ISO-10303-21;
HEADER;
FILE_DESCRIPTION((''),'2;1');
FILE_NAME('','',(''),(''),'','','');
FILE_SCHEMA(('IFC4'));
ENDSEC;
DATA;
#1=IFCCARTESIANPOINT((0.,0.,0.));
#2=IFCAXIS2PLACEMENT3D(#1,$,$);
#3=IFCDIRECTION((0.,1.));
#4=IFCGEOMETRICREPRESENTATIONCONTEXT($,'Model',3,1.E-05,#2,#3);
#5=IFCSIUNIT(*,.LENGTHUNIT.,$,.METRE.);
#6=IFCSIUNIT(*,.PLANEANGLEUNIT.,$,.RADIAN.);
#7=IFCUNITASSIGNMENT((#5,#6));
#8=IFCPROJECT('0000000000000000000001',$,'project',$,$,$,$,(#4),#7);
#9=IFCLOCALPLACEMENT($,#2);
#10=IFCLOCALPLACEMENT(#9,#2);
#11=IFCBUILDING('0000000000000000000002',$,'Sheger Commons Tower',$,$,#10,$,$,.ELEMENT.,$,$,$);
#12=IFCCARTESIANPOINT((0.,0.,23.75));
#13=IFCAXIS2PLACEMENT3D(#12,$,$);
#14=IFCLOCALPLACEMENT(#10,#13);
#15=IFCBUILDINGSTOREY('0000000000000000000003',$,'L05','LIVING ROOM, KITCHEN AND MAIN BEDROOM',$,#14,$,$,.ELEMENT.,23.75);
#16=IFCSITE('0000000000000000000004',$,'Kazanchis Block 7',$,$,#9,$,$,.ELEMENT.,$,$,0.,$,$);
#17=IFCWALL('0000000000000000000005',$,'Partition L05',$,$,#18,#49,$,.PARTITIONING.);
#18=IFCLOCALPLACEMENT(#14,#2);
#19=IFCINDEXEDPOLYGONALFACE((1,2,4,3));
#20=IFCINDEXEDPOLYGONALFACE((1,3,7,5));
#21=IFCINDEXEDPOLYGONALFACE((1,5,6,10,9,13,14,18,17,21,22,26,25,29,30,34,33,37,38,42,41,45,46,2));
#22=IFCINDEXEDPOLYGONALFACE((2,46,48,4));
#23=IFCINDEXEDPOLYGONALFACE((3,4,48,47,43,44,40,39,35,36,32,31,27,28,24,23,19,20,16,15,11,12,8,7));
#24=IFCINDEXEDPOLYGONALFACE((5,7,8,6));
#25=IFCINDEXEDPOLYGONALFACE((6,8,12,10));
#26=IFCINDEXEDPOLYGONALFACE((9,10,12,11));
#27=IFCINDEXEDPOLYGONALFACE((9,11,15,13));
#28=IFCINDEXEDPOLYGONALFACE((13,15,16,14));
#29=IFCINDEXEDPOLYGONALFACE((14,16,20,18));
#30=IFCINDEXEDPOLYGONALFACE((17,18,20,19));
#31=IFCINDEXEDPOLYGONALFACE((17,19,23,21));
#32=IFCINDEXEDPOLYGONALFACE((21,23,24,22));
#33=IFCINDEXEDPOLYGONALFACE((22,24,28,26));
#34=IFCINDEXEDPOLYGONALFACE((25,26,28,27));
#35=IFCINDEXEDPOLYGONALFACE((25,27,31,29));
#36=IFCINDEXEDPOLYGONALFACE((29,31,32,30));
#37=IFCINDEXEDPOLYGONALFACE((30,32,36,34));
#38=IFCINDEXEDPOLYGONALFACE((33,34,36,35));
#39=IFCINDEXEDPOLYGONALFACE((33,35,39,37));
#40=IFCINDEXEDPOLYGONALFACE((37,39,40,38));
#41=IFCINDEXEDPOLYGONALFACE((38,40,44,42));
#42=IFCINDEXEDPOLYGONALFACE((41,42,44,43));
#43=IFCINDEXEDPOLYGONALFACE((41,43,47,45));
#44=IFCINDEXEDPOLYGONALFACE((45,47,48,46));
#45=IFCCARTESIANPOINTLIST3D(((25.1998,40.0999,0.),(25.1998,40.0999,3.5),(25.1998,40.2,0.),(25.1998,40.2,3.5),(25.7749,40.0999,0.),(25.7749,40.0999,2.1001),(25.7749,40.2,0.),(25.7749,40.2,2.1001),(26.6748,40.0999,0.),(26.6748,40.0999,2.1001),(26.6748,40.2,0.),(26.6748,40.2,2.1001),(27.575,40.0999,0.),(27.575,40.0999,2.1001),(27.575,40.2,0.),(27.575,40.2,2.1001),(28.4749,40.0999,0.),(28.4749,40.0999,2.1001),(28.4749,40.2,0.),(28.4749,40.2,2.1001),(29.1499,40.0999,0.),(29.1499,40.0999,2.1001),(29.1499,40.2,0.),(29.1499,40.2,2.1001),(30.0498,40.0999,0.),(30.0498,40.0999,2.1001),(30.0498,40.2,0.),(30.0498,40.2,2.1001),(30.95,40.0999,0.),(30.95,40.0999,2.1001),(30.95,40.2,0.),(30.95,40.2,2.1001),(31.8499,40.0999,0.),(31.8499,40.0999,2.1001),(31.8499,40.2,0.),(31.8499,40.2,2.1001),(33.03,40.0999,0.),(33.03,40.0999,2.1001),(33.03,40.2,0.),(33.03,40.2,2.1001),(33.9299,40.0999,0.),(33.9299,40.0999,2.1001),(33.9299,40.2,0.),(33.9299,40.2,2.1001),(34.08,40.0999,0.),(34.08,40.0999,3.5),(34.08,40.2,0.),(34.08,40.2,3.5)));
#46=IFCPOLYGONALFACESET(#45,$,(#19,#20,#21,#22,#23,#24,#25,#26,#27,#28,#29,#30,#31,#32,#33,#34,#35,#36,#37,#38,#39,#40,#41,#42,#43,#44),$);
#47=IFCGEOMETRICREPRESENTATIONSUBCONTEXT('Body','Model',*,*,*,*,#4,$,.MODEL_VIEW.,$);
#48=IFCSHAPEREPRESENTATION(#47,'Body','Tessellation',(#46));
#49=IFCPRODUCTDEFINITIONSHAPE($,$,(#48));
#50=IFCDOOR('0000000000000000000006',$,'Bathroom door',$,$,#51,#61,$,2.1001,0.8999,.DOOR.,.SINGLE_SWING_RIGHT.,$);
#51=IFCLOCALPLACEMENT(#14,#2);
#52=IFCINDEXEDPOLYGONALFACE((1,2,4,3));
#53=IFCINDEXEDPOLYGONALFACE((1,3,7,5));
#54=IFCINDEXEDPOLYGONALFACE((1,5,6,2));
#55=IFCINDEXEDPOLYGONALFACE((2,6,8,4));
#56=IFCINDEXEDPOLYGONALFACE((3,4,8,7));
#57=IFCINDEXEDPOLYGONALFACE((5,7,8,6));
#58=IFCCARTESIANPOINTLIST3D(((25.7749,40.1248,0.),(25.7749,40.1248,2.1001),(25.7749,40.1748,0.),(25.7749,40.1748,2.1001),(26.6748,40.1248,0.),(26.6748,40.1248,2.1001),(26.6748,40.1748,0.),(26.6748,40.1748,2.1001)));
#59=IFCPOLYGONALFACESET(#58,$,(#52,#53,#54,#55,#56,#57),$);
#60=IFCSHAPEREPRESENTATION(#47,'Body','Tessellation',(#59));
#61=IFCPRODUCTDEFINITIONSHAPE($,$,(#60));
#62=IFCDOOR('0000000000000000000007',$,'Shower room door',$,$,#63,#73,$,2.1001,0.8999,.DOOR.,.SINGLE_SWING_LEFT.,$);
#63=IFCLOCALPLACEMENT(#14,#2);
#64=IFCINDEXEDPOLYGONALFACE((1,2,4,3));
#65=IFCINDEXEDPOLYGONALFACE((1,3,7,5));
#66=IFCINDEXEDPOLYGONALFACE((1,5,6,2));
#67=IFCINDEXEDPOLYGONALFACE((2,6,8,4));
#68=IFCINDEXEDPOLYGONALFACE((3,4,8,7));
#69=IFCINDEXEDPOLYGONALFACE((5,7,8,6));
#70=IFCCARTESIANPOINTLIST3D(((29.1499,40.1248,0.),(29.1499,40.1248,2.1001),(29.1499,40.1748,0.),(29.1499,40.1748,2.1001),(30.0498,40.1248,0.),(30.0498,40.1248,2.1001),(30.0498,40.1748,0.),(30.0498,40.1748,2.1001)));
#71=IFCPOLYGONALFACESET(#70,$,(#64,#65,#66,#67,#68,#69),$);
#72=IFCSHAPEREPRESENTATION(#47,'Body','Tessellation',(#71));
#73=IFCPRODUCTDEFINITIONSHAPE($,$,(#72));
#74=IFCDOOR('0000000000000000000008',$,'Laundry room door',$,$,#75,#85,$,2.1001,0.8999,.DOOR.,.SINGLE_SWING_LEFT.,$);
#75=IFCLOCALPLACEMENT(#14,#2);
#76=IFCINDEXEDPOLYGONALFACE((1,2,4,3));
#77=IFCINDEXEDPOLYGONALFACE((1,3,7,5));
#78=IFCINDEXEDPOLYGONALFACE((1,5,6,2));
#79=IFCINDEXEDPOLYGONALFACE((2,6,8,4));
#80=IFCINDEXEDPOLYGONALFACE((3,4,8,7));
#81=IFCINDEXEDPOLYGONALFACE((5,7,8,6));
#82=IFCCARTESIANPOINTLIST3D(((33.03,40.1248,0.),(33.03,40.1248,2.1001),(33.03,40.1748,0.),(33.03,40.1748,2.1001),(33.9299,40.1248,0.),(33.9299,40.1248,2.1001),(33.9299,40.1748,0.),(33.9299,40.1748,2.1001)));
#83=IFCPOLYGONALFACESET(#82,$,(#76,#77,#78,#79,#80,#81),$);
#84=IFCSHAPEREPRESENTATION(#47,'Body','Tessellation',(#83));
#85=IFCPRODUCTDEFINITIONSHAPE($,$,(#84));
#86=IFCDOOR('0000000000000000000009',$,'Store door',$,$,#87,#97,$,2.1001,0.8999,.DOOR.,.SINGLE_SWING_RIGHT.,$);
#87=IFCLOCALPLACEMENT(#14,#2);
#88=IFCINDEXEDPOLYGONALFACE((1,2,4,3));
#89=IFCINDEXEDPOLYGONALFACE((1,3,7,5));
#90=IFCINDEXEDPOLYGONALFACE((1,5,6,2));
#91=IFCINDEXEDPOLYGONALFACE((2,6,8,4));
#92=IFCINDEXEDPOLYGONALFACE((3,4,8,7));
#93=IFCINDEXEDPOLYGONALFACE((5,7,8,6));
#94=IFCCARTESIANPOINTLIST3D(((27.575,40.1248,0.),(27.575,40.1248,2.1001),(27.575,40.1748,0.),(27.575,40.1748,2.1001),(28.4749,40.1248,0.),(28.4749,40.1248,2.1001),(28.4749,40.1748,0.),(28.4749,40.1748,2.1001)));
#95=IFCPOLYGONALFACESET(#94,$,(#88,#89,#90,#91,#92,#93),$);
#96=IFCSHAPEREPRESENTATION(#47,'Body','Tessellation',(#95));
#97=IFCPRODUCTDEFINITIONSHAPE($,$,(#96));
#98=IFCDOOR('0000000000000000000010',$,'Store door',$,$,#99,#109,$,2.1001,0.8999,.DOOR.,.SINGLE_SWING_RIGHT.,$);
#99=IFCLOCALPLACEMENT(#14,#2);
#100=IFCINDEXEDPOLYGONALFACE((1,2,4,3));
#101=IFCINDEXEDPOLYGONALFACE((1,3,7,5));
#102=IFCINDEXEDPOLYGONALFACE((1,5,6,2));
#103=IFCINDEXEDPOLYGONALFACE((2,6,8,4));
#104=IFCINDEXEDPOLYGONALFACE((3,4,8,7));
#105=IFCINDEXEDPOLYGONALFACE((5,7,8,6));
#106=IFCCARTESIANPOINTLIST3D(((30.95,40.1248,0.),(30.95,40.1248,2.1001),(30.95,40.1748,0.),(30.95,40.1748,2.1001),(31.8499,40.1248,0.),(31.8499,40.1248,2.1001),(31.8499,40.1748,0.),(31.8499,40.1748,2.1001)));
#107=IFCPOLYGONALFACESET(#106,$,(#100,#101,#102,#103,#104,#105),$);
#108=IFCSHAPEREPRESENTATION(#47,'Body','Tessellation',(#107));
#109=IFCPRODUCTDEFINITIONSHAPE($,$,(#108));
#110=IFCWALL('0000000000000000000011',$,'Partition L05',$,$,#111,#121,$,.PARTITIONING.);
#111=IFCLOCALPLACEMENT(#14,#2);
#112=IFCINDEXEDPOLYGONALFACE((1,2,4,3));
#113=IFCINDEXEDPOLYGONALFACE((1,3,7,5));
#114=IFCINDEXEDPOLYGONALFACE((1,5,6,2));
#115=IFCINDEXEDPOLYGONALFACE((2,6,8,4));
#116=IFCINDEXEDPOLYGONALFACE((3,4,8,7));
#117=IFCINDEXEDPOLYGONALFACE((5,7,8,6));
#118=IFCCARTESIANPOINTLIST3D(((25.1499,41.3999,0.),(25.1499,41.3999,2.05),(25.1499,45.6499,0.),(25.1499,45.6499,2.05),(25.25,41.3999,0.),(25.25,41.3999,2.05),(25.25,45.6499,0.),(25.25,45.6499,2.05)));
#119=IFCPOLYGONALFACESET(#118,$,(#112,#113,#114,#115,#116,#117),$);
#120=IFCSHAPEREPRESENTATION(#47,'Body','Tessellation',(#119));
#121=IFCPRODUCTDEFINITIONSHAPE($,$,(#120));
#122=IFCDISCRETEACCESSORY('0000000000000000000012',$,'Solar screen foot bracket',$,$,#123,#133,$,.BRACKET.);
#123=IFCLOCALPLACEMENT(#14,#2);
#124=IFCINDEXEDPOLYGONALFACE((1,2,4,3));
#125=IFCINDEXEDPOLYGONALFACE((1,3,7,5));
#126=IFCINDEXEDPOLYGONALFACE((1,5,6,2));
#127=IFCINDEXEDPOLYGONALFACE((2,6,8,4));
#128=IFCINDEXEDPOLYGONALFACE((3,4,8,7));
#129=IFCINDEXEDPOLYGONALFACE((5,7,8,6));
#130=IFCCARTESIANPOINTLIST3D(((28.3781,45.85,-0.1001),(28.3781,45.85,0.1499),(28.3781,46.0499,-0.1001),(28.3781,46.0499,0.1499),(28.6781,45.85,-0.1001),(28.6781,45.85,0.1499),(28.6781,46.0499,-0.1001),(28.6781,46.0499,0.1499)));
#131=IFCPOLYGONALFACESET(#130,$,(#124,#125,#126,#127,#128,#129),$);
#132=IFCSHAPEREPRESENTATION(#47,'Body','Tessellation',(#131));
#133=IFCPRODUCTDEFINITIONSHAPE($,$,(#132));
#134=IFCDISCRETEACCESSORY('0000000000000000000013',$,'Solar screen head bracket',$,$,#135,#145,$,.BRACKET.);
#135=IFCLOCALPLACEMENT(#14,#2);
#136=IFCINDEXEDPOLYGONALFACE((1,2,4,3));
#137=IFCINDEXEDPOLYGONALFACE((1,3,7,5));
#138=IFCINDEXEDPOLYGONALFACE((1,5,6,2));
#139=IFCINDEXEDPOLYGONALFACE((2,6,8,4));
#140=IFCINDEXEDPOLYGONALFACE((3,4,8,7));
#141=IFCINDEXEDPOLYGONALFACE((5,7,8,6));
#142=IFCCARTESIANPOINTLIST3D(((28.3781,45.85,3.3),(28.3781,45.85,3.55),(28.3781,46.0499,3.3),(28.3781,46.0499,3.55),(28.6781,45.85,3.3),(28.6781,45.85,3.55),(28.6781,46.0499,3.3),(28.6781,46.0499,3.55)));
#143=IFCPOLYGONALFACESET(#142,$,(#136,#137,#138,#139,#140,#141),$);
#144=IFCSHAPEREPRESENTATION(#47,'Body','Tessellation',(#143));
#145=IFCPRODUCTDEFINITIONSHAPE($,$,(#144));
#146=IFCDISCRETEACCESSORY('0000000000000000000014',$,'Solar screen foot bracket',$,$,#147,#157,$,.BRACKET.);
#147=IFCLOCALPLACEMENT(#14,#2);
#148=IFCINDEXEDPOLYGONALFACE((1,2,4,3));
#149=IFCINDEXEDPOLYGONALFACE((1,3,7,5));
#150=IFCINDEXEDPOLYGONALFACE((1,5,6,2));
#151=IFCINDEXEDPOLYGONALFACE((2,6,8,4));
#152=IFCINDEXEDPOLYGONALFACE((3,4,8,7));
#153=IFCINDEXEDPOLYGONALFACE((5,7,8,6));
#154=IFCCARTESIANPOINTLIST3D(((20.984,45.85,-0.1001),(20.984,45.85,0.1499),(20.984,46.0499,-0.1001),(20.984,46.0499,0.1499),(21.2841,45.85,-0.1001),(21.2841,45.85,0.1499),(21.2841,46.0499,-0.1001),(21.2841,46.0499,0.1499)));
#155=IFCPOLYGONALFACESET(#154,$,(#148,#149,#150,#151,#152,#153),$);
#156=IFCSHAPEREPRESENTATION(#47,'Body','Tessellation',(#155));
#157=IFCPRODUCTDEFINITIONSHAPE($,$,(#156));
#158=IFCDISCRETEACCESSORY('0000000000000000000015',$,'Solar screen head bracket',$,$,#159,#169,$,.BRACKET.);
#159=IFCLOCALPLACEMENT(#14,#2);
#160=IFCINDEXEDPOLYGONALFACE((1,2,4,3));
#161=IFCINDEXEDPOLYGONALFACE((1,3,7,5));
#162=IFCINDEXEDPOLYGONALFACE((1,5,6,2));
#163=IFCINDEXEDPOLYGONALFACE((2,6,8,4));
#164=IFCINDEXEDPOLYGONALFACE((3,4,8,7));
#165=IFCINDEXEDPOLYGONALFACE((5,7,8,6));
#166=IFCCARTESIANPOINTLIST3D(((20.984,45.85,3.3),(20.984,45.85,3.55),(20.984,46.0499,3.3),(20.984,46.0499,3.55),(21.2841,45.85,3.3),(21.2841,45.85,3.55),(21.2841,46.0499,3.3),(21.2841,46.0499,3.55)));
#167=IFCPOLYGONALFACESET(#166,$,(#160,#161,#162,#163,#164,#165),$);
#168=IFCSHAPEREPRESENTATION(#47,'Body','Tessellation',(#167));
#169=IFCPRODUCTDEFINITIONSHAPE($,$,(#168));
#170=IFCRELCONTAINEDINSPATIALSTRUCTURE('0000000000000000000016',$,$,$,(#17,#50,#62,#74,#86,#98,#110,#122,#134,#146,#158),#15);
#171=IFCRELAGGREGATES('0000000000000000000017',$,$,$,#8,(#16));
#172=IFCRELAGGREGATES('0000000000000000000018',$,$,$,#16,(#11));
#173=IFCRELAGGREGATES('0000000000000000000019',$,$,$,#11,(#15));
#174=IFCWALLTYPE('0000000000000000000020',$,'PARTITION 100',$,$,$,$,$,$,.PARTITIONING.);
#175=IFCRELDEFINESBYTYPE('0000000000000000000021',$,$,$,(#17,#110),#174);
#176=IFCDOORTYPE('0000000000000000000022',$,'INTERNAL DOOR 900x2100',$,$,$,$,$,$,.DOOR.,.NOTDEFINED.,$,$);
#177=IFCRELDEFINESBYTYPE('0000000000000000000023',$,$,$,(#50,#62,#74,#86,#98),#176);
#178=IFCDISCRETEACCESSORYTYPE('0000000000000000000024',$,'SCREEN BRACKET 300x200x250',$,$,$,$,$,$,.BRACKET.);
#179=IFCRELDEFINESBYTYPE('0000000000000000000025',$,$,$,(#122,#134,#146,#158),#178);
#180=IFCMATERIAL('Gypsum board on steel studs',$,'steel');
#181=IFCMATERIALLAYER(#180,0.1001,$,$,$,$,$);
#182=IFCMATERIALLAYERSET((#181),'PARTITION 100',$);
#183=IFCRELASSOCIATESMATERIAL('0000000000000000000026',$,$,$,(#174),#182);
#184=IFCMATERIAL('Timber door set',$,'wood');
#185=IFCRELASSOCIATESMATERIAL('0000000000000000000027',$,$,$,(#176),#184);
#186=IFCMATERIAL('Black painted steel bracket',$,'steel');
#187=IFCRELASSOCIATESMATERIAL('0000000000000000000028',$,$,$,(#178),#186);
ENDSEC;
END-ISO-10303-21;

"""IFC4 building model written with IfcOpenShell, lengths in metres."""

from ifc_helpers import new_model, si_unit, direction, frame, frame_2d, origin, origin_2d, place, context, subcontext, project, spatial, rectangle, extrude, material, layer, layer_set, type_object, element, fill, save


model = new_model("IFC4")

# Units and contexts
model_context = context("Model", 3, precision=1e-05, world=origin(), true_north=direction((0.0, 1.0)))
body_context = subcontext(model_context, "Body", "Model", "MODEL_VIEW")
ifc_project = project(units=[si_unit("LENGTHUNIT", "METRE"), si_unit("PLANEANGLEUNIT", "RADIAN")], contexts=[model_context])

# Site, building, storey
site_placement = place(None, origin())
site = spatial("IfcSite", under=ifc_project, at=site_placement, Name="Kazanchis Block 7", CompositionType="ELEMENT", RefElevation=0.0)
building_placement = place(site_placement, origin())
building = spatial("IfcBuilding", under=site, at=building_placement, Name="Sheger Commons Tower", CompositionType="ELEMENT")
storey_placement = place(building_placement, frame((0.0, 0.0, 23.75)))
storey = spatial("IfcBuildingStorey", under=building, at=storey_placement, Name="L05", Description="LIVING ROOM, KITCHEN AND MAIN BEDROOM", CompositionType="ELEMENT", Elevation=23.75)

# Wall, openings, doors
ifc_material_1 = material(Name="Gypsum board on steel studs", Category="steel")
ifc_layer_1 = layer(ifc_material_1, 0.1001)
ifc_layer_set_1 = layer_set([ifc_layer_1], Name="PARTITION 100")
wall_type_1 = type_object("IfcWallType", Name="PARTITION 100", PredefinedType="PARTITIONING", material=ifc_layer_set_1)
ifc_material_2 = material(Name="Timber door set", Category="wood")
door_type = type_object("IfcDoorType", Name="INTERNAL DOOR 900x2100", OperationType="NOTDEFINED", PredefinedType="DOOR", material=ifc_material_2)
wall_1_placement = place(storey_placement, frame((25.2, 40.1499, 0.0), z_axis=(0.0, 0.0, 1.0), x_axis=(1.0, 0.0, 0.0)))
wall_1 = element("IfcWall", 1, at=wall_1_placement, inside=storey, type_object=wall_type_1, Name="Partition L05", PredefinedType="PARTITIONING", context=body_context, shape_type="SweptSolid", body=[
    extrude(rectangle(XDim=8.8801, YDim=0.1001, at=frame_2d((4.4399, 0.0))), origin(), (0.0, 0.0, 1.0), 3.5),
])
opening_1_placement = place(wall_1_placement, frame((0.575, 0.0, 0.0)))
opening_1 = element("IfcOpeningElement", 2, at=opening_1_placement, cuts=wall_1, PredefinedType="OPENING", context=body_context, shape_type="SweptSolid", body=[
    extrude(rectangle(XDim=0.8999, YDim=2.1001, at=frame_2d((0.45, 1.05))), frame((0.0, 0.0601, 0.0), z_axis=(0.0, -1.0, 0.0), x_axis=(1.0, 0.0, 0.0)), (0.0, 0.0, 1.0), 0.1201),
])
opening_2_placement = place(wall_1_placement, frame((3.95, 0.0, 0.0)))
opening_2 = element("IfcOpeningElement", 3, at=opening_2_placement, cuts=wall_1, PredefinedType="OPENING", context=body_context, shape_type="SweptSolid", body=[
    extrude(rectangle(XDim=0.8999, YDim=2.1001, at=frame_2d((0.45, 1.05))), frame((0.0, 0.0601, 0.0), z_axis=(0.0, -1.0, 0.0), x_axis=(1.0, 0.0, 0.0)), (0.0, 0.0, 1.0), 0.1201),
])
opening_3_placement = place(wall_1_placement, frame((7.8301, 0.0, 0.0)))
opening_3 = element("IfcOpeningElement", 4, at=opening_3_placement, cuts=wall_1, PredefinedType="OPENING", context=body_context, shape_type="SweptSolid", body=[
    extrude(rectangle(XDim=0.8999, YDim=2.1001, at=frame_2d((0.45, 1.05))), frame((0.0, 0.0601, 0.0), z_axis=(0.0, -1.0, 0.0), x_axis=(1.0, 0.0, 0.0)), (0.0, 0.0, 1.0), 0.1201),
])
opening_4_placement = place(wall_1_placement, frame((2.375, 0.0, 0.0)))
opening_4 = element("IfcOpeningElement", 5, at=opening_4_placement, cuts=wall_1, PredefinedType="OPENING", context=body_context, shape_type="SweptSolid", body=[
    extrude(rectangle(XDim=0.8999, YDim=2.1001, at=frame_2d((0.45, 1.05))), frame((0.0, 0.0601, 0.0), z_axis=(0.0, -1.0, 0.0), x_axis=(1.0, 0.0, 0.0)), (0.0, 0.0, 1.0), 0.1201),
])
opening_5_placement = place(wall_1_placement, frame((5.75, 0.0, 0.0)))
opening_5 = element("IfcOpeningElement", 6, at=opening_5_placement, cuts=wall_1, PredefinedType="OPENING", context=body_context, shape_type="SweptSolid", body=[
    extrude(rectangle(XDim=0.8999, YDim=2.1001, at=frame_2d((0.45, 1.05))), frame((0.0, 0.0601, 0.0), z_axis=(0.0, -1.0, 0.0), x_axis=(1.0, 0.0, 0.0)), (0.0, 0.0, 1.0), 0.1201),
])
door_1_placement = place(opening_1_placement, origin())
door_1 = element("IfcDoor", 7, at=door_1_placement, inside=storey, type_object=door_type, Name="Bathroom door", OperationType="SINGLE_SWING_RIGHT", OverallHeight=2.1001, OverallWidth=0.8999, PredefinedType="DOOR", context=body_context, shape_type="SweptSolid", body=[
    extrude(rectangle(XDim=0.8999, YDim=2.1001, at=frame_2d((0.45, 1.05))), frame((0.0, 0.0249, 0.0), z_axis=(0.0, -1.0, 0.0), x_axis=(1.0, 0.0, 0.0)), (0.0, 0.0, 1.0), 0.05),
])
fill(opening_1, door_1)
door_2_placement = place(opening_2_placement, origin())
door_2 = element("IfcDoor", 8, at=door_2_placement, inside=storey, type_object=door_type, Name="Shower room door", OperationType="SINGLE_SWING_LEFT", OverallHeight=2.1001, OverallWidth=0.8999, PredefinedType="DOOR", context=body_context, shape_type="SweptSolid", body=[
    extrude(rectangle(XDim=0.8999, YDim=2.1001, at=frame_2d((0.45, 1.05))), frame((0.0, 0.0249, 0.0), z_axis=(0.0, -1.0, 0.0), x_axis=(1.0, 0.0, 0.0)), (0.0, 0.0, 1.0), 0.05),
])
fill(opening_2, door_2)
door_3_placement = place(opening_3_placement, origin())
door_3 = element("IfcDoor", 9, at=door_3_placement, inside=storey, type_object=door_type, Name="Laundry room door", OperationType="SINGLE_SWING_LEFT", OverallHeight=2.1001, OverallWidth=0.8999, PredefinedType="DOOR", context=body_context, shape_type="SweptSolid", body=[
    extrude(rectangle(XDim=0.8999, YDim=2.1001, at=frame_2d((0.45, 1.05))), frame((0.0, 0.0249, 0.0), z_axis=(0.0, -1.0, 0.0), x_axis=(1.0, 0.0, 0.0)), (0.0, 0.0, 1.0), 0.05),
])
fill(opening_3, door_3)
door_4_placement = place(opening_4_placement, origin())
door_4 = element("IfcDoor", 10, at=door_4_placement, inside=storey, type_object=door_type, Name="Store door", OperationType="SINGLE_SWING_RIGHT", OverallHeight=2.1001, OverallWidth=0.8999, PredefinedType="DOOR", context=body_context, shape_type="SweptSolid", body=[
    extrude(rectangle(XDim=0.8999, YDim=2.1001, at=frame_2d((0.45, 1.05))), frame((0.0, 0.0249, 0.0), z_axis=(0.0, -1.0, 0.0), x_axis=(1.0, 0.0, 0.0)), (0.0, 0.0, 1.0), 0.05),
])
fill(opening_4, door_4)
door_5_placement = place(opening_5_placement, origin())
door_5 = element("IfcDoor", 11, at=door_5_placement, inside=storey, type_object=door_type, Name="Store door", OperationType="SINGLE_SWING_RIGHT", OverallHeight=2.1001, OverallWidth=0.8999, PredefinedType="DOOR", context=body_context, shape_type="SweptSolid", body=[
    extrude(rectangle(XDim=0.8999, YDim=2.1001, at=frame_2d((0.45, 1.05))), frame((0.0, 0.0249, 0.0), z_axis=(0.0, -1.0, 0.0), x_axis=(1.0, 0.0, 0.0)), (0.0, 0.0, 1.0), 0.05),
])
fill(opening_5, door_5)

# Wall
wall_2_placement = place(storey_placement, frame((25.2, 41.3999, 0.0), z_axis=(0.0, 0.0, 1.0), x_axis=(0.0, 1.0, 0.0)))
element("IfcWall", 12, at=wall_2_placement, inside=storey, type_object=wall_type_1, Name="Partition L05", PredefinedType="PARTITIONING", context=body_context, shape_type="SweptSolid", body=[
    extrude(rectangle(XDim=4.25, YDim=0.1001, at=frame_2d((2.125, 0.0))), origin(), (0.0, 0.0, 1.0), 2.05),
])

# Discrete accessories
ifc_material_3 = material(Name="Black painted steel bracket", Category="steel")
discrete_accessory_type = type_object("IfcDiscreteAccessoryType", Name="SCREEN BRACKET 300x200x250", PredefinedType="BRACKET", material=ifc_material_3)
for number, where, z_axis, x_axis, name in (
    (13, (28.5281, 45.95, -0.1001), (0.0, 0.0, 1.0), (-1.0, 0.0, 0.0), "Solar screen foot bracket"),
    (14, (28.5281, 45.95, 3.3), (0.0, 0.0, 1.0), (-1.0, 0.0, 0.0), "Solar screen head bracket"),
    (15, (21.134, 45.95, -0.1001), (0.0, 0.0, 1.0), (-1.0, 0.0, 0.0), "Solar screen foot bracket"),
    (16, (21.134, 45.95, 3.3), (0.0, 0.0, 1.0), (-1.0, 0.0, 0.0), "Solar screen head bracket"),
):
    element("IfcDiscreteAccessory", number, at=place(storey_placement, frame(where, z_axis=z_axis, x_axis=x_axis)), inside=storey, type_object=discrete_accessory_type, Name=name, PredefinedType="BRACKET", context=body_context, shape_type="SweptSolid", body=[
        extrude(rectangle(XDim=0.3, YDim=0.2, at=origin_2d()), origin(), (0.0, 0.0, 1.0), 0.25),
    ])

save(model, "model.ifc")
